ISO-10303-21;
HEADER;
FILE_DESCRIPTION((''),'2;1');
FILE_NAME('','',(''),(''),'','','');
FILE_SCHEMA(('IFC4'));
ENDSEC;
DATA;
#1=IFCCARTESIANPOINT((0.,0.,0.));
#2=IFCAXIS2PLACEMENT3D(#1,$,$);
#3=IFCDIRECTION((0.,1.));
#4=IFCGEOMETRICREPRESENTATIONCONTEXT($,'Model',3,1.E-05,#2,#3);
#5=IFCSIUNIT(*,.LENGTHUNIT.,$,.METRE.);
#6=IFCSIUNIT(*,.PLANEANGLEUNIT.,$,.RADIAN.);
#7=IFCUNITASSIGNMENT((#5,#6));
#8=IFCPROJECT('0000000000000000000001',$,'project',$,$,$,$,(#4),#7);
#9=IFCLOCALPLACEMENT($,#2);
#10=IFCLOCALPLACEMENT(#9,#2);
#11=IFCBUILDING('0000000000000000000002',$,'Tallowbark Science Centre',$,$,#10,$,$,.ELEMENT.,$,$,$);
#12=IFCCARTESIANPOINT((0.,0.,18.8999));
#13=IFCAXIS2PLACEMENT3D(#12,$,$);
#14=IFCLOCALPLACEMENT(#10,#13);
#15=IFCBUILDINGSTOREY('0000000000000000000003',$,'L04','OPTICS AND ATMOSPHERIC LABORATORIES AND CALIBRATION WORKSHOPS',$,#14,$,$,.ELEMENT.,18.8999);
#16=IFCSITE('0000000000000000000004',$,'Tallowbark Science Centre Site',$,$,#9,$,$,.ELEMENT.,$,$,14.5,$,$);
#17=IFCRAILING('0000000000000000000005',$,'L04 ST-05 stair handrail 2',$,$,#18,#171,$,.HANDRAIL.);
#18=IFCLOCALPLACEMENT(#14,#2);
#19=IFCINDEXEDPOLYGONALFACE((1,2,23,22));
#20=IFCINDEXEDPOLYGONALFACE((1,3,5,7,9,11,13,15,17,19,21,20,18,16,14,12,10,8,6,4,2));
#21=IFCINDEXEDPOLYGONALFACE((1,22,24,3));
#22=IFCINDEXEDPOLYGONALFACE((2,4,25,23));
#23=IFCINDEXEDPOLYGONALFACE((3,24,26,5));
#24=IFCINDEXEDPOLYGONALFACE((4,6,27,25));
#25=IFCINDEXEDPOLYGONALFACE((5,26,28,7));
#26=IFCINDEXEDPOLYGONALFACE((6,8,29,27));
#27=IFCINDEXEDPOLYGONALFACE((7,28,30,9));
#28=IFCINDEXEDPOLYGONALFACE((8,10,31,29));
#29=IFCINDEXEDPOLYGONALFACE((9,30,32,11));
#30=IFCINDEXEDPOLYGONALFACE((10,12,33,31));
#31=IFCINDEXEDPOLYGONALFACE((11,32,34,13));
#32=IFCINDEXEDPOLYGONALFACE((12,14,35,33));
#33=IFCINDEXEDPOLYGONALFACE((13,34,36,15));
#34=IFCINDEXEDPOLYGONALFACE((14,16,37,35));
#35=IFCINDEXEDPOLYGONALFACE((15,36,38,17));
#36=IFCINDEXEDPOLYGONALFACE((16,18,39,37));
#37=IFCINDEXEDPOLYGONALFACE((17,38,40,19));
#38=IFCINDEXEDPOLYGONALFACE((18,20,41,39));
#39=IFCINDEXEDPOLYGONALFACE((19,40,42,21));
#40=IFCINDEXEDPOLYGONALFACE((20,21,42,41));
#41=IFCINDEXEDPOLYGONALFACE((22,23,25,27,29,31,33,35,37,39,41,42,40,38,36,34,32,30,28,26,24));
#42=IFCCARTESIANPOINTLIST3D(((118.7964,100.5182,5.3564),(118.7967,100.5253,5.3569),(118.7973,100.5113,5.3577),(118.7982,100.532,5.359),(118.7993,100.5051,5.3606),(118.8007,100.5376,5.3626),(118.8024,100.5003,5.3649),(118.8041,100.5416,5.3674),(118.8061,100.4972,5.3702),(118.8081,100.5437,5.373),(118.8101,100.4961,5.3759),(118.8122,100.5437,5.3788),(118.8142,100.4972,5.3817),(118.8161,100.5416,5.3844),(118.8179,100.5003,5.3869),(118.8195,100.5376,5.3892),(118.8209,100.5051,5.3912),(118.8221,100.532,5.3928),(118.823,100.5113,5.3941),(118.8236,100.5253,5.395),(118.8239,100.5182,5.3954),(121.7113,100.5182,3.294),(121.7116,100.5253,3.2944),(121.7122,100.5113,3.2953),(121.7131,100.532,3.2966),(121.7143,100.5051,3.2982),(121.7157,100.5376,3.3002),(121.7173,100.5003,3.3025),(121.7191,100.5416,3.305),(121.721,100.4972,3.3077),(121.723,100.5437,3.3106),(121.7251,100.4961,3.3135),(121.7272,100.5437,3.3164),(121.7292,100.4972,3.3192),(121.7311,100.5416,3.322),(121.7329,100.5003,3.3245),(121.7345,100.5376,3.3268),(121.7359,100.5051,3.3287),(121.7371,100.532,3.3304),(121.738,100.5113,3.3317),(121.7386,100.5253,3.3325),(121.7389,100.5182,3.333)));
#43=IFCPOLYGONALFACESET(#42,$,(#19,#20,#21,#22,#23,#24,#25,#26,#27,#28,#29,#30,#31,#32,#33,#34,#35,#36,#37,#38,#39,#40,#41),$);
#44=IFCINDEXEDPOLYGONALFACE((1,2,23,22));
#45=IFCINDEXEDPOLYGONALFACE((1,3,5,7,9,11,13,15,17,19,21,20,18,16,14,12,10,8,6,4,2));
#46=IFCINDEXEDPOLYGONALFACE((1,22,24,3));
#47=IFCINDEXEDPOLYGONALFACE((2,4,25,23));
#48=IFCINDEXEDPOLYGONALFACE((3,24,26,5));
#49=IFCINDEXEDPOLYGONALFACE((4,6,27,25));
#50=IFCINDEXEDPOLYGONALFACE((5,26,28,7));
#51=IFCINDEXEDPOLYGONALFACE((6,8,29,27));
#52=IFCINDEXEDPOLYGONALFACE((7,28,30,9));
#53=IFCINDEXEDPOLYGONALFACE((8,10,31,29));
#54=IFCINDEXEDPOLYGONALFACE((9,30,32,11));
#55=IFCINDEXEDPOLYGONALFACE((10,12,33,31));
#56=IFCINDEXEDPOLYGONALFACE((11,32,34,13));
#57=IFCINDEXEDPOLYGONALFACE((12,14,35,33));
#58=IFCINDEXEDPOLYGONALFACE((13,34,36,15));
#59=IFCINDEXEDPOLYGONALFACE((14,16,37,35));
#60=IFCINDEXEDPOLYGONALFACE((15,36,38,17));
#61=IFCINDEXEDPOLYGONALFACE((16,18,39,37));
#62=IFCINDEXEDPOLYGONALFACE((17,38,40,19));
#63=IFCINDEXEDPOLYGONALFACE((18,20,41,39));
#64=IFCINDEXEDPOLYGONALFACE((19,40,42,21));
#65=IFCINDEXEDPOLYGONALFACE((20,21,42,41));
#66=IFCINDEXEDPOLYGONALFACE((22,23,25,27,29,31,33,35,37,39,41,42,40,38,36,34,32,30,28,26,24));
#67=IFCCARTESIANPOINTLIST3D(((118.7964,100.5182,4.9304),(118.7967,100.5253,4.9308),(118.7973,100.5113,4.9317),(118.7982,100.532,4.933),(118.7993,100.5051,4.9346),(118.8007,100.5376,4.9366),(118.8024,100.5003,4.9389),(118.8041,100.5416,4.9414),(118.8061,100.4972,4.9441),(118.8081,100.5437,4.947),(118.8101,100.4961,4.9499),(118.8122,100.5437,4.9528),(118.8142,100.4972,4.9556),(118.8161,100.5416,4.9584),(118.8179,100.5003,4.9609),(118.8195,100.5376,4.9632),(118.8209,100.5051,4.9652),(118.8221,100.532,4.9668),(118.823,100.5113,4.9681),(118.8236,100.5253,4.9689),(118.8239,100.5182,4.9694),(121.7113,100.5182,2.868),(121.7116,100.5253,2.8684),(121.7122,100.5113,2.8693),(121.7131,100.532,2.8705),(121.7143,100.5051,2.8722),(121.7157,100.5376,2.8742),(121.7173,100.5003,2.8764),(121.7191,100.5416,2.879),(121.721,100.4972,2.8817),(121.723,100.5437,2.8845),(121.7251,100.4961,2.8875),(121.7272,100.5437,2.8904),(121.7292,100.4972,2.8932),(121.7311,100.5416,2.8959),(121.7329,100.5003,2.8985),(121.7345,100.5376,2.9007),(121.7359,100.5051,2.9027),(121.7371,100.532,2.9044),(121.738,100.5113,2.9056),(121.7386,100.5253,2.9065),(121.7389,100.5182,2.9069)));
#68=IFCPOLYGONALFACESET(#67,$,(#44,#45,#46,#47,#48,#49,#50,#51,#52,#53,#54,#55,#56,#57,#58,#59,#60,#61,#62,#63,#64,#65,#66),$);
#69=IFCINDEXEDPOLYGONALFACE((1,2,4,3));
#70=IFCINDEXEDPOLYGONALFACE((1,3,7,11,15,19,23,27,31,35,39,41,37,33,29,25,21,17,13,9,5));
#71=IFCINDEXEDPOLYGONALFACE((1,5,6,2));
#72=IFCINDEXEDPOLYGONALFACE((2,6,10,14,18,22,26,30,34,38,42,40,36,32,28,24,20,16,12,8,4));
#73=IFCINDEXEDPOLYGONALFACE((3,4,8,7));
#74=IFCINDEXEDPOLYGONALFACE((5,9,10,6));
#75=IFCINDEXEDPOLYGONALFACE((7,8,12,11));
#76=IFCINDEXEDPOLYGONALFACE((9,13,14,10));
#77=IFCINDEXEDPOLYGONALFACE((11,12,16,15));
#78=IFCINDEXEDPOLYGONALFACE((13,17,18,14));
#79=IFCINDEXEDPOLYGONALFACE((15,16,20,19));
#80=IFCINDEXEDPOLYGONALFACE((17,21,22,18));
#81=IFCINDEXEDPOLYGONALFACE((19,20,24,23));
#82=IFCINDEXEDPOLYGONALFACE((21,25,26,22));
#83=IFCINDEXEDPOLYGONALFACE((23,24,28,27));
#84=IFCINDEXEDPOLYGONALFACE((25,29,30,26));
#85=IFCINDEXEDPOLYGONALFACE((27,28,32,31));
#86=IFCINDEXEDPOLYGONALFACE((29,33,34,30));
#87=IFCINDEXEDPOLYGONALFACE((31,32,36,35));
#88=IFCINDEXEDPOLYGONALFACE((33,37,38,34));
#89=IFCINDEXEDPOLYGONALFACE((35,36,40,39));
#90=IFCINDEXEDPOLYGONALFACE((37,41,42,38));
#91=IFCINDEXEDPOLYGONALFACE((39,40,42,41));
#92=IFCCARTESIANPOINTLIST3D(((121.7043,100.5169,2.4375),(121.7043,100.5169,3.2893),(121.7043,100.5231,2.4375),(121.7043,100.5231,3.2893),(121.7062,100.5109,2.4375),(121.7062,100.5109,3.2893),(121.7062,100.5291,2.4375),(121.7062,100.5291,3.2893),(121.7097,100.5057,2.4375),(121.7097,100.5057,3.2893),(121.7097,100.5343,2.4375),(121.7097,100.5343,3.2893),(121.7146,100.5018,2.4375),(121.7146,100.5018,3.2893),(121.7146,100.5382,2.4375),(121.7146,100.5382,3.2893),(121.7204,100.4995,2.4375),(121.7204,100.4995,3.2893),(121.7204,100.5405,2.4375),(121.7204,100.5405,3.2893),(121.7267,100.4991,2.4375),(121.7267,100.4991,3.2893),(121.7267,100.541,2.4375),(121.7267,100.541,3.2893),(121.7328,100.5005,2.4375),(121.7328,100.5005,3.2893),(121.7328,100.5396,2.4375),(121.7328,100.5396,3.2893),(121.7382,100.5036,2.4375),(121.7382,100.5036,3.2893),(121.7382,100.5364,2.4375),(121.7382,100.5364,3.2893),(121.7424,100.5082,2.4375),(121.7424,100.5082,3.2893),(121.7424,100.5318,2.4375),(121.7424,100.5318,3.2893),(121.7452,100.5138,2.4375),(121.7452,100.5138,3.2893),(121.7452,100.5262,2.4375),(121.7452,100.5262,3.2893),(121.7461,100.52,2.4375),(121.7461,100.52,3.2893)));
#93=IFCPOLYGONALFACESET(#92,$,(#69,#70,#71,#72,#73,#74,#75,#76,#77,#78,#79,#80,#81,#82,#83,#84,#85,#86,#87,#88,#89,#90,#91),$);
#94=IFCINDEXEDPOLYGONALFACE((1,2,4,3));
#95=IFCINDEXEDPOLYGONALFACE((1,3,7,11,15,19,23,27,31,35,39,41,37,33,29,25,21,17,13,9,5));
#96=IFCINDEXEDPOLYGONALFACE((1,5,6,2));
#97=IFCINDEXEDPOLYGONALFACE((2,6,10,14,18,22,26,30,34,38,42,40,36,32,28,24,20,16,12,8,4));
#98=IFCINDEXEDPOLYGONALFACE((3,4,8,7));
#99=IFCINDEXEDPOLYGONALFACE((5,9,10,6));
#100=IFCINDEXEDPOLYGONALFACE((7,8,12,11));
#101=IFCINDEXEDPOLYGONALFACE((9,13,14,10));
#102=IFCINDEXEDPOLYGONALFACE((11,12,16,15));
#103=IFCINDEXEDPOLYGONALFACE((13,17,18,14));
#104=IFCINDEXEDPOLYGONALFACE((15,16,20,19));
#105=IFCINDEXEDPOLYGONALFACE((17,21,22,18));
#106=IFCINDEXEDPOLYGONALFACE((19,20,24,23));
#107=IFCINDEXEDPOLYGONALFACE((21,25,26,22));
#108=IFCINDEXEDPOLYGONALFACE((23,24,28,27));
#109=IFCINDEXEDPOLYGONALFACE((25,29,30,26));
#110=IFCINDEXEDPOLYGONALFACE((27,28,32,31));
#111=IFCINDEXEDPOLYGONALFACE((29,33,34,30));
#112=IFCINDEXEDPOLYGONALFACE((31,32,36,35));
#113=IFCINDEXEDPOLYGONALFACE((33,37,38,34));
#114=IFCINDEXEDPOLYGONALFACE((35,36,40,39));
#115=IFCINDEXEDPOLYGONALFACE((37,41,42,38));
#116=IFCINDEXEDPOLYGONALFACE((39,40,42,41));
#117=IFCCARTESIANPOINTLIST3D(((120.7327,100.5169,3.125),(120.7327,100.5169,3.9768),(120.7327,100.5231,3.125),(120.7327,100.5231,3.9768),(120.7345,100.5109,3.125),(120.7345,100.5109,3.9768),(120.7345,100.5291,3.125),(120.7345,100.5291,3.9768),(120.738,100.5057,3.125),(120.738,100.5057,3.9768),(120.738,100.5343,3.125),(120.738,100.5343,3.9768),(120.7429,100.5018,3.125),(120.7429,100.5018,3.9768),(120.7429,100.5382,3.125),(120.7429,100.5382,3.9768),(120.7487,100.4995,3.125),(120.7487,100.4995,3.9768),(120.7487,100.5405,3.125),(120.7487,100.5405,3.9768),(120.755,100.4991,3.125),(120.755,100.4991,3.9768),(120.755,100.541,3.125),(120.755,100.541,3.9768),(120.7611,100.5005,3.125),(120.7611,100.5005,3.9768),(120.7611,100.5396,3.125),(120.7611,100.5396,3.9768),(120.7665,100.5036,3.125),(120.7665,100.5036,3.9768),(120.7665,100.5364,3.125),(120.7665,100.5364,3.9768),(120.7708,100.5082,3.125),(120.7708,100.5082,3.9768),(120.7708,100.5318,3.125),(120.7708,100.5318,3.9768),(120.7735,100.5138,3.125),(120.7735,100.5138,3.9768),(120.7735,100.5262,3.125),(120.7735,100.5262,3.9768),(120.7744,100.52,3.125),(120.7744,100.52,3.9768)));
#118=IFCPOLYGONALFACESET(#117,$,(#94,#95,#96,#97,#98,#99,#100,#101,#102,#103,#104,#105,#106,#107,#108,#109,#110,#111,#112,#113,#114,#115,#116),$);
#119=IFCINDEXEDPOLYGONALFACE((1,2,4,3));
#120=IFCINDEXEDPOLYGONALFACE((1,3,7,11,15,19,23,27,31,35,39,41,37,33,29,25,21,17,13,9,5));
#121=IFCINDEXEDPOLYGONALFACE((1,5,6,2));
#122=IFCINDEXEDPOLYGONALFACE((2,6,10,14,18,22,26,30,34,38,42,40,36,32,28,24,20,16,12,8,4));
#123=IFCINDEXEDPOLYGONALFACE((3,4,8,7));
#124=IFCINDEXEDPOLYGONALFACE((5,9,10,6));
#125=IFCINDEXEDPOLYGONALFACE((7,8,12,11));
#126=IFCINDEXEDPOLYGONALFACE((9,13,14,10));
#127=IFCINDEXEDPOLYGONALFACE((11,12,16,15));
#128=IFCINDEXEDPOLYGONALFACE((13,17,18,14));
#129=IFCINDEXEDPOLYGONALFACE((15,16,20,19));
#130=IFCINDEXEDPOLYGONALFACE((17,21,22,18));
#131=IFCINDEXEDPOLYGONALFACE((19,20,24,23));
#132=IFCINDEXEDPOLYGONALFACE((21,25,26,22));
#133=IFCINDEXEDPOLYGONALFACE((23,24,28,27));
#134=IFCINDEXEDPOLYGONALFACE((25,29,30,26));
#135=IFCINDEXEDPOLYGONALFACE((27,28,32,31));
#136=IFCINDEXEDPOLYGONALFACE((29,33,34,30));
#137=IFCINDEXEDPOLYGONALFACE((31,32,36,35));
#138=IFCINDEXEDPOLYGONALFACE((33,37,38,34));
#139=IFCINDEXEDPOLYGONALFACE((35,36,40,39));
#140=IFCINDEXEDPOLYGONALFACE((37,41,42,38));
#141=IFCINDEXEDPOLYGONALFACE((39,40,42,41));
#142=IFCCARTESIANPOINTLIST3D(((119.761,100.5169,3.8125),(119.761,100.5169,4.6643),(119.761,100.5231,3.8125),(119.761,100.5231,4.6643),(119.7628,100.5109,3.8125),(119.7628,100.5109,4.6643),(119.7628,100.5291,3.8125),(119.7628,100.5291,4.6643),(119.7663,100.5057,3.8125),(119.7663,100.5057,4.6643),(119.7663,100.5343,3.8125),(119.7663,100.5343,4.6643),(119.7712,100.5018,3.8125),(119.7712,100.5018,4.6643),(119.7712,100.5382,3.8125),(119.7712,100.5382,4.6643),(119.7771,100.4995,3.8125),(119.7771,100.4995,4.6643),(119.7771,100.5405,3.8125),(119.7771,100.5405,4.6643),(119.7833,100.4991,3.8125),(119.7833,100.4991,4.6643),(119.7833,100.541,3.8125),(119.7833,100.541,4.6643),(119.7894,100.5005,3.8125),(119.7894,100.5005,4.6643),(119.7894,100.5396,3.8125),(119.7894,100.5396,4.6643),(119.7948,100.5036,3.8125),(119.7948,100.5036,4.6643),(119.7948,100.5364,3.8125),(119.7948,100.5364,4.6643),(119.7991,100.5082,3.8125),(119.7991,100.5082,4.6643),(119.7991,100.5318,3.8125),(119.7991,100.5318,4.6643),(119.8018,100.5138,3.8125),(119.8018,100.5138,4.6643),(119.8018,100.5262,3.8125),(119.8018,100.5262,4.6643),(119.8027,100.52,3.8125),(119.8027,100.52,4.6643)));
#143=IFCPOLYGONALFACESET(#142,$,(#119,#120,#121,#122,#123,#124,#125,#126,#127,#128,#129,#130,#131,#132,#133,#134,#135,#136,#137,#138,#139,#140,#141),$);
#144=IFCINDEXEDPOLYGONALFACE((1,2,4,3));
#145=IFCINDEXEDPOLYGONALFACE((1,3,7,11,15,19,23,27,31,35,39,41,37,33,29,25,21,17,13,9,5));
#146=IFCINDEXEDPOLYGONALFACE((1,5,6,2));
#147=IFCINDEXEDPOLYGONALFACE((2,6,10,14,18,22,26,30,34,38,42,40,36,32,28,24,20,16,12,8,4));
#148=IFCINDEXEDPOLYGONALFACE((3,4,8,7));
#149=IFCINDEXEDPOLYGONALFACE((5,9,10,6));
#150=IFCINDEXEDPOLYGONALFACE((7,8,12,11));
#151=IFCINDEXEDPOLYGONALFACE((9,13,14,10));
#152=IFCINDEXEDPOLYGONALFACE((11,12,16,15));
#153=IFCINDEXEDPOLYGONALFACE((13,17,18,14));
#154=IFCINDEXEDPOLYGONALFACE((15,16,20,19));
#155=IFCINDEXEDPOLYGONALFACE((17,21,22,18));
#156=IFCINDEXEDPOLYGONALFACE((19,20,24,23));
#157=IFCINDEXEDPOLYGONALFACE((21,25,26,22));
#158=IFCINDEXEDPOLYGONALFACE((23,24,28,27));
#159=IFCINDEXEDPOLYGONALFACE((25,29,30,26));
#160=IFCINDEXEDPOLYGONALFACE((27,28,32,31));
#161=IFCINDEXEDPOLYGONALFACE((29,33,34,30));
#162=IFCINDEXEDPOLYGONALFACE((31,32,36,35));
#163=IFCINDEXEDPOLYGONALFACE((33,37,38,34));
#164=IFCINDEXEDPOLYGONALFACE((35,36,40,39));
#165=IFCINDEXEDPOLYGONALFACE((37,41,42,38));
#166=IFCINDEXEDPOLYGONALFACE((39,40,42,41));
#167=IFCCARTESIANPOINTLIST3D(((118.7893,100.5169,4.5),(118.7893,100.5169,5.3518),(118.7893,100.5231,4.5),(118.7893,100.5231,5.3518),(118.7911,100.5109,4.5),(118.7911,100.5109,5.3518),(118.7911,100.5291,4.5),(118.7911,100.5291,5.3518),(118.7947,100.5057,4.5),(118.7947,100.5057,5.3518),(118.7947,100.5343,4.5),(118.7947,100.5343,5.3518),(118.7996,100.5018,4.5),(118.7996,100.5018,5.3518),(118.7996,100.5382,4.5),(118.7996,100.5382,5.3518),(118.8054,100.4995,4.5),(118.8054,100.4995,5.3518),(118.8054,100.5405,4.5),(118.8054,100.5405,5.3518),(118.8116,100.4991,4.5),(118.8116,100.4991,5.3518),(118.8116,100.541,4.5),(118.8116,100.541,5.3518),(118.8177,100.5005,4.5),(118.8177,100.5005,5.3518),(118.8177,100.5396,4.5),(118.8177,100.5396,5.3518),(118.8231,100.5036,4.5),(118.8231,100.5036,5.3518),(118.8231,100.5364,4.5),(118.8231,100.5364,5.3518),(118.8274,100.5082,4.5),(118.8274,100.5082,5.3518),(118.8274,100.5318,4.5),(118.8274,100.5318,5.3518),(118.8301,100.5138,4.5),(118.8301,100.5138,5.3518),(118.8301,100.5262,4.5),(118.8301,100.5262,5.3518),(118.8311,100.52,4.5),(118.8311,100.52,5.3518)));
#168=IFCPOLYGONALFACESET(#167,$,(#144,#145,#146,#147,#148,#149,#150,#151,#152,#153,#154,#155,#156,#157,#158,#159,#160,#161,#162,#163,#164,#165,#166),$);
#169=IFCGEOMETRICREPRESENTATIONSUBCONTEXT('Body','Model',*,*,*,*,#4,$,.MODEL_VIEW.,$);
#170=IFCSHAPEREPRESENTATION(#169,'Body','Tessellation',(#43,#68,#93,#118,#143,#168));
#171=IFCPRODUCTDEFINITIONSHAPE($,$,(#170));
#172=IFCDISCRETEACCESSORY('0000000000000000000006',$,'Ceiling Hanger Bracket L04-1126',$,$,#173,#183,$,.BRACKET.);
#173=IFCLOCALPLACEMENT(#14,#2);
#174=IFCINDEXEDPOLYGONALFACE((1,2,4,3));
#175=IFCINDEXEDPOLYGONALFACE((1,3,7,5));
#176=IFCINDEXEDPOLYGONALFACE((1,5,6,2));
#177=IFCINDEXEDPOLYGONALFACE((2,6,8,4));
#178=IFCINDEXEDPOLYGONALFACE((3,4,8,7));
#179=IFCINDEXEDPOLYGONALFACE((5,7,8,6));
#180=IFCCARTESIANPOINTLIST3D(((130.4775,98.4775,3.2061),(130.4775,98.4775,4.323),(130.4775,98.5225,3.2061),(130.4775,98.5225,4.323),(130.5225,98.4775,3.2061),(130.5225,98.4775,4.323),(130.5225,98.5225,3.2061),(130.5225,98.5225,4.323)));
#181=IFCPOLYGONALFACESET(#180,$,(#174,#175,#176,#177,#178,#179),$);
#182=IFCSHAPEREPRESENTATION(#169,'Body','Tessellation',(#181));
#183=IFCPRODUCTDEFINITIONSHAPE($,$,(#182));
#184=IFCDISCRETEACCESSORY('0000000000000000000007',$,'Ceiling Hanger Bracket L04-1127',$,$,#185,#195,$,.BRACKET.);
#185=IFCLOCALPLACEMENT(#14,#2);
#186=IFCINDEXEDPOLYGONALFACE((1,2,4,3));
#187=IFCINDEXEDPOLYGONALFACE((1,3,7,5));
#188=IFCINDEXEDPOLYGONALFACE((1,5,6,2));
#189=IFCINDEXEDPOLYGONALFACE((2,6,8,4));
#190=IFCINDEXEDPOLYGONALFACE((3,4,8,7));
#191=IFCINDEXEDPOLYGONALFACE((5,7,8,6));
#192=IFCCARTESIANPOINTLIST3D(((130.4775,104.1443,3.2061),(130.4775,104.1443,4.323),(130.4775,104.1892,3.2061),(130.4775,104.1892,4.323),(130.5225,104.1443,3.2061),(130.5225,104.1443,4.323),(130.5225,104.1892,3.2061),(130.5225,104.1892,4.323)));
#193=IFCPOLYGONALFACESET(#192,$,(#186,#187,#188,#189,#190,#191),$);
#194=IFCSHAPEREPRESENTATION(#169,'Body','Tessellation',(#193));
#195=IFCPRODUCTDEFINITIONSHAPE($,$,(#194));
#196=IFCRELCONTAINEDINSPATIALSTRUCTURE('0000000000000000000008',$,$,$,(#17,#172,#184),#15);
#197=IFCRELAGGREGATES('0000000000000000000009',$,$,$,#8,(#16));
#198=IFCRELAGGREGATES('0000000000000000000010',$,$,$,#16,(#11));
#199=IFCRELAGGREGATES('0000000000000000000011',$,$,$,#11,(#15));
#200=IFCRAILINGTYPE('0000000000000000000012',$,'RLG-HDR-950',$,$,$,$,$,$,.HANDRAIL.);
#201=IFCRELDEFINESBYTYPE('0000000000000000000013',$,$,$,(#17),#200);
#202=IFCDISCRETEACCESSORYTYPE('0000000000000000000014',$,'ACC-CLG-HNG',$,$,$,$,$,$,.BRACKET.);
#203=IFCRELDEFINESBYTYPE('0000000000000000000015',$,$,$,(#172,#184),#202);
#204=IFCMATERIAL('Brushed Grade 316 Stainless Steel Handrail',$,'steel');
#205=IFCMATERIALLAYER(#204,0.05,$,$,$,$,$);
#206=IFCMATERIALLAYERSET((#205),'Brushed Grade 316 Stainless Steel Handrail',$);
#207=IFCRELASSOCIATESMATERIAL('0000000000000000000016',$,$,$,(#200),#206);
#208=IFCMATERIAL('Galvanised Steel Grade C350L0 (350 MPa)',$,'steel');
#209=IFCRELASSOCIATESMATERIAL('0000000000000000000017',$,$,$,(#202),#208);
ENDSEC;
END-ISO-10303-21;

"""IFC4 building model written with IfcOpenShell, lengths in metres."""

from ifc_helpers import new_model, si_unit, direction, frame, origin, origin_2d, place, context, subcontext, project, spatial, rectangle, circle, extrude, material, layer, layer_set, type_object, element, save


model = new_model("IFC4")

# Units and contexts
model_context = context("Model", 3, precision=1e-05, world=origin(), true_north=direction((0.0, 1.0)))
body_context = subcontext(model_context, "Body", "Model", "MODEL_VIEW")
ifc_project = project(units=[si_unit("LENGTHUNIT", "METRE"), si_unit("PLANEANGLEUNIT", "RADIAN")], contexts=[model_context])

# Site, building, storey
site_placement = place(None, origin())
site = spatial("IfcSite", under=ifc_project, at=site_placement, Name="Tallowbark Science Centre Site", CompositionType="ELEMENT", RefElevation=14.5)
building_placement = place(site_placement, origin())
building = spatial("IfcBuilding", under=site, at=building_placement, Name="Tallowbark Science Centre", CompositionType="ELEMENT")
storey_placement = place(building_placement, frame((0.0, 0.0, 18.8999)))
storey = spatial("IfcBuildingStorey", under=building, at=storey_placement, Name="L04", Description="OPTICS AND ATMOSPHERIC LABORATORIES AND CALIBRATION WORKSHOPS", CompositionType="ELEMENT", Elevation=18.8999)

# Railing
ifc_material_1 = material(Name="Brushed Grade 316 Stainless Steel Handrail", Category="steel")
ifc_layer_1 = layer(ifc_material_1, 0.05)
ifc_layer_set_1 = layer_set([ifc_layer_1], Name="Brushed Grade 316 Stainless Steel Handrail")
railing_type_1 = type_object("IfcRailingType", Name="RLG-HDR-950", PredefinedType="HANDRAIL", material=ifc_layer_set_1)
railing_1_placement = place(storey_placement, frame((121.7251, 100.52, 2.4375)))
element("IfcRailing", 1, at=railing_1_placement, inside=storey, type_object=railing_type_1, Name="L04 ST-05 stair handrail 2", PredefinedType="HANDRAIL", context=body_context, shape_type="SweptSolid", body=[
    extrude(circle(Radius=0.0239, at=origin_2d()), frame((0.0, 0.0, 0.876), z_axis=(-0.816331, 0.0, 0.577585), x_axis=(0.0, -1.0, 0.0)), (0.0, 0.0, 1.0), 3.5708),
    extrude(circle(Radius=0.0239, at=origin_2d()), frame((0.0, 0.0, 0.45), z_axis=(-0.816331, 0.0, 0.577585), x_axis=(0.0, -1.0, 0.0)), (0.0, 0.0, 1.0), 3.5708),
    extrude(circle(Radius=0.021, at=origin_2d()), origin(), (0.0, 0.0, 1.0), 0.8518),
    extrude(circle(Radius=0.021, at=origin_2d()), frame((-0.9717, 0.0, 0.6875)), (0.0, 0.0, 1.0), 0.8518),
    extrude(circle(Radius=0.021, at=origin_2d()), frame((-1.9434, 0.0, 1.375)), (0.0, 0.0, 1.0), 0.8518),
    extrude(circle(Radius=0.021, at=origin_2d()), frame((-2.915, 0.0, 2.0625)), (0.0, 0.0, 1.0), 0.8518),
])

# Discrete accessories
ifc_material_2 = material(Name="Galvanised Steel Grade C350L0 (350 MPa)", Category="steel")
discrete_accessory_type = type_object("IfcDiscreteAccessoryType", Name="ACC-CLG-HNG", PredefinedType="BRACKET", material=ifc_material_2)
for number, where, z_axis, x_axis, name in (
    (2, (130.5, 98.5, 3.2061), (0.0, 0.0, 1.0), (1.0, 0.0, 0.0), "Ceiling Hanger Bracket L04-1126"),
    (3, (130.5, 104.1667, 3.2061), (0.0, 0.0, 1.0), (1.0, 0.0, 0.0), "Ceiling Hanger Bracket L04-1127"),
):
    element("IfcDiscreteAccessory", number, at=place(storey_placement, frame(where, z_axis=z_axis, x_axis=x_axis)), inside=storey, type_object=discrete_accessory_type, Name=name, PredefinedType="BRACKET", context=body_context, shape_type="SweptSolid", body=[
        extrude(rectangle(XDim=0.0449, YDim=0.0449, at=origin_2d()), origin(), (0.0, 0.0, 1.0), 1.1169),
    ])

save(model, "model.ifc")
